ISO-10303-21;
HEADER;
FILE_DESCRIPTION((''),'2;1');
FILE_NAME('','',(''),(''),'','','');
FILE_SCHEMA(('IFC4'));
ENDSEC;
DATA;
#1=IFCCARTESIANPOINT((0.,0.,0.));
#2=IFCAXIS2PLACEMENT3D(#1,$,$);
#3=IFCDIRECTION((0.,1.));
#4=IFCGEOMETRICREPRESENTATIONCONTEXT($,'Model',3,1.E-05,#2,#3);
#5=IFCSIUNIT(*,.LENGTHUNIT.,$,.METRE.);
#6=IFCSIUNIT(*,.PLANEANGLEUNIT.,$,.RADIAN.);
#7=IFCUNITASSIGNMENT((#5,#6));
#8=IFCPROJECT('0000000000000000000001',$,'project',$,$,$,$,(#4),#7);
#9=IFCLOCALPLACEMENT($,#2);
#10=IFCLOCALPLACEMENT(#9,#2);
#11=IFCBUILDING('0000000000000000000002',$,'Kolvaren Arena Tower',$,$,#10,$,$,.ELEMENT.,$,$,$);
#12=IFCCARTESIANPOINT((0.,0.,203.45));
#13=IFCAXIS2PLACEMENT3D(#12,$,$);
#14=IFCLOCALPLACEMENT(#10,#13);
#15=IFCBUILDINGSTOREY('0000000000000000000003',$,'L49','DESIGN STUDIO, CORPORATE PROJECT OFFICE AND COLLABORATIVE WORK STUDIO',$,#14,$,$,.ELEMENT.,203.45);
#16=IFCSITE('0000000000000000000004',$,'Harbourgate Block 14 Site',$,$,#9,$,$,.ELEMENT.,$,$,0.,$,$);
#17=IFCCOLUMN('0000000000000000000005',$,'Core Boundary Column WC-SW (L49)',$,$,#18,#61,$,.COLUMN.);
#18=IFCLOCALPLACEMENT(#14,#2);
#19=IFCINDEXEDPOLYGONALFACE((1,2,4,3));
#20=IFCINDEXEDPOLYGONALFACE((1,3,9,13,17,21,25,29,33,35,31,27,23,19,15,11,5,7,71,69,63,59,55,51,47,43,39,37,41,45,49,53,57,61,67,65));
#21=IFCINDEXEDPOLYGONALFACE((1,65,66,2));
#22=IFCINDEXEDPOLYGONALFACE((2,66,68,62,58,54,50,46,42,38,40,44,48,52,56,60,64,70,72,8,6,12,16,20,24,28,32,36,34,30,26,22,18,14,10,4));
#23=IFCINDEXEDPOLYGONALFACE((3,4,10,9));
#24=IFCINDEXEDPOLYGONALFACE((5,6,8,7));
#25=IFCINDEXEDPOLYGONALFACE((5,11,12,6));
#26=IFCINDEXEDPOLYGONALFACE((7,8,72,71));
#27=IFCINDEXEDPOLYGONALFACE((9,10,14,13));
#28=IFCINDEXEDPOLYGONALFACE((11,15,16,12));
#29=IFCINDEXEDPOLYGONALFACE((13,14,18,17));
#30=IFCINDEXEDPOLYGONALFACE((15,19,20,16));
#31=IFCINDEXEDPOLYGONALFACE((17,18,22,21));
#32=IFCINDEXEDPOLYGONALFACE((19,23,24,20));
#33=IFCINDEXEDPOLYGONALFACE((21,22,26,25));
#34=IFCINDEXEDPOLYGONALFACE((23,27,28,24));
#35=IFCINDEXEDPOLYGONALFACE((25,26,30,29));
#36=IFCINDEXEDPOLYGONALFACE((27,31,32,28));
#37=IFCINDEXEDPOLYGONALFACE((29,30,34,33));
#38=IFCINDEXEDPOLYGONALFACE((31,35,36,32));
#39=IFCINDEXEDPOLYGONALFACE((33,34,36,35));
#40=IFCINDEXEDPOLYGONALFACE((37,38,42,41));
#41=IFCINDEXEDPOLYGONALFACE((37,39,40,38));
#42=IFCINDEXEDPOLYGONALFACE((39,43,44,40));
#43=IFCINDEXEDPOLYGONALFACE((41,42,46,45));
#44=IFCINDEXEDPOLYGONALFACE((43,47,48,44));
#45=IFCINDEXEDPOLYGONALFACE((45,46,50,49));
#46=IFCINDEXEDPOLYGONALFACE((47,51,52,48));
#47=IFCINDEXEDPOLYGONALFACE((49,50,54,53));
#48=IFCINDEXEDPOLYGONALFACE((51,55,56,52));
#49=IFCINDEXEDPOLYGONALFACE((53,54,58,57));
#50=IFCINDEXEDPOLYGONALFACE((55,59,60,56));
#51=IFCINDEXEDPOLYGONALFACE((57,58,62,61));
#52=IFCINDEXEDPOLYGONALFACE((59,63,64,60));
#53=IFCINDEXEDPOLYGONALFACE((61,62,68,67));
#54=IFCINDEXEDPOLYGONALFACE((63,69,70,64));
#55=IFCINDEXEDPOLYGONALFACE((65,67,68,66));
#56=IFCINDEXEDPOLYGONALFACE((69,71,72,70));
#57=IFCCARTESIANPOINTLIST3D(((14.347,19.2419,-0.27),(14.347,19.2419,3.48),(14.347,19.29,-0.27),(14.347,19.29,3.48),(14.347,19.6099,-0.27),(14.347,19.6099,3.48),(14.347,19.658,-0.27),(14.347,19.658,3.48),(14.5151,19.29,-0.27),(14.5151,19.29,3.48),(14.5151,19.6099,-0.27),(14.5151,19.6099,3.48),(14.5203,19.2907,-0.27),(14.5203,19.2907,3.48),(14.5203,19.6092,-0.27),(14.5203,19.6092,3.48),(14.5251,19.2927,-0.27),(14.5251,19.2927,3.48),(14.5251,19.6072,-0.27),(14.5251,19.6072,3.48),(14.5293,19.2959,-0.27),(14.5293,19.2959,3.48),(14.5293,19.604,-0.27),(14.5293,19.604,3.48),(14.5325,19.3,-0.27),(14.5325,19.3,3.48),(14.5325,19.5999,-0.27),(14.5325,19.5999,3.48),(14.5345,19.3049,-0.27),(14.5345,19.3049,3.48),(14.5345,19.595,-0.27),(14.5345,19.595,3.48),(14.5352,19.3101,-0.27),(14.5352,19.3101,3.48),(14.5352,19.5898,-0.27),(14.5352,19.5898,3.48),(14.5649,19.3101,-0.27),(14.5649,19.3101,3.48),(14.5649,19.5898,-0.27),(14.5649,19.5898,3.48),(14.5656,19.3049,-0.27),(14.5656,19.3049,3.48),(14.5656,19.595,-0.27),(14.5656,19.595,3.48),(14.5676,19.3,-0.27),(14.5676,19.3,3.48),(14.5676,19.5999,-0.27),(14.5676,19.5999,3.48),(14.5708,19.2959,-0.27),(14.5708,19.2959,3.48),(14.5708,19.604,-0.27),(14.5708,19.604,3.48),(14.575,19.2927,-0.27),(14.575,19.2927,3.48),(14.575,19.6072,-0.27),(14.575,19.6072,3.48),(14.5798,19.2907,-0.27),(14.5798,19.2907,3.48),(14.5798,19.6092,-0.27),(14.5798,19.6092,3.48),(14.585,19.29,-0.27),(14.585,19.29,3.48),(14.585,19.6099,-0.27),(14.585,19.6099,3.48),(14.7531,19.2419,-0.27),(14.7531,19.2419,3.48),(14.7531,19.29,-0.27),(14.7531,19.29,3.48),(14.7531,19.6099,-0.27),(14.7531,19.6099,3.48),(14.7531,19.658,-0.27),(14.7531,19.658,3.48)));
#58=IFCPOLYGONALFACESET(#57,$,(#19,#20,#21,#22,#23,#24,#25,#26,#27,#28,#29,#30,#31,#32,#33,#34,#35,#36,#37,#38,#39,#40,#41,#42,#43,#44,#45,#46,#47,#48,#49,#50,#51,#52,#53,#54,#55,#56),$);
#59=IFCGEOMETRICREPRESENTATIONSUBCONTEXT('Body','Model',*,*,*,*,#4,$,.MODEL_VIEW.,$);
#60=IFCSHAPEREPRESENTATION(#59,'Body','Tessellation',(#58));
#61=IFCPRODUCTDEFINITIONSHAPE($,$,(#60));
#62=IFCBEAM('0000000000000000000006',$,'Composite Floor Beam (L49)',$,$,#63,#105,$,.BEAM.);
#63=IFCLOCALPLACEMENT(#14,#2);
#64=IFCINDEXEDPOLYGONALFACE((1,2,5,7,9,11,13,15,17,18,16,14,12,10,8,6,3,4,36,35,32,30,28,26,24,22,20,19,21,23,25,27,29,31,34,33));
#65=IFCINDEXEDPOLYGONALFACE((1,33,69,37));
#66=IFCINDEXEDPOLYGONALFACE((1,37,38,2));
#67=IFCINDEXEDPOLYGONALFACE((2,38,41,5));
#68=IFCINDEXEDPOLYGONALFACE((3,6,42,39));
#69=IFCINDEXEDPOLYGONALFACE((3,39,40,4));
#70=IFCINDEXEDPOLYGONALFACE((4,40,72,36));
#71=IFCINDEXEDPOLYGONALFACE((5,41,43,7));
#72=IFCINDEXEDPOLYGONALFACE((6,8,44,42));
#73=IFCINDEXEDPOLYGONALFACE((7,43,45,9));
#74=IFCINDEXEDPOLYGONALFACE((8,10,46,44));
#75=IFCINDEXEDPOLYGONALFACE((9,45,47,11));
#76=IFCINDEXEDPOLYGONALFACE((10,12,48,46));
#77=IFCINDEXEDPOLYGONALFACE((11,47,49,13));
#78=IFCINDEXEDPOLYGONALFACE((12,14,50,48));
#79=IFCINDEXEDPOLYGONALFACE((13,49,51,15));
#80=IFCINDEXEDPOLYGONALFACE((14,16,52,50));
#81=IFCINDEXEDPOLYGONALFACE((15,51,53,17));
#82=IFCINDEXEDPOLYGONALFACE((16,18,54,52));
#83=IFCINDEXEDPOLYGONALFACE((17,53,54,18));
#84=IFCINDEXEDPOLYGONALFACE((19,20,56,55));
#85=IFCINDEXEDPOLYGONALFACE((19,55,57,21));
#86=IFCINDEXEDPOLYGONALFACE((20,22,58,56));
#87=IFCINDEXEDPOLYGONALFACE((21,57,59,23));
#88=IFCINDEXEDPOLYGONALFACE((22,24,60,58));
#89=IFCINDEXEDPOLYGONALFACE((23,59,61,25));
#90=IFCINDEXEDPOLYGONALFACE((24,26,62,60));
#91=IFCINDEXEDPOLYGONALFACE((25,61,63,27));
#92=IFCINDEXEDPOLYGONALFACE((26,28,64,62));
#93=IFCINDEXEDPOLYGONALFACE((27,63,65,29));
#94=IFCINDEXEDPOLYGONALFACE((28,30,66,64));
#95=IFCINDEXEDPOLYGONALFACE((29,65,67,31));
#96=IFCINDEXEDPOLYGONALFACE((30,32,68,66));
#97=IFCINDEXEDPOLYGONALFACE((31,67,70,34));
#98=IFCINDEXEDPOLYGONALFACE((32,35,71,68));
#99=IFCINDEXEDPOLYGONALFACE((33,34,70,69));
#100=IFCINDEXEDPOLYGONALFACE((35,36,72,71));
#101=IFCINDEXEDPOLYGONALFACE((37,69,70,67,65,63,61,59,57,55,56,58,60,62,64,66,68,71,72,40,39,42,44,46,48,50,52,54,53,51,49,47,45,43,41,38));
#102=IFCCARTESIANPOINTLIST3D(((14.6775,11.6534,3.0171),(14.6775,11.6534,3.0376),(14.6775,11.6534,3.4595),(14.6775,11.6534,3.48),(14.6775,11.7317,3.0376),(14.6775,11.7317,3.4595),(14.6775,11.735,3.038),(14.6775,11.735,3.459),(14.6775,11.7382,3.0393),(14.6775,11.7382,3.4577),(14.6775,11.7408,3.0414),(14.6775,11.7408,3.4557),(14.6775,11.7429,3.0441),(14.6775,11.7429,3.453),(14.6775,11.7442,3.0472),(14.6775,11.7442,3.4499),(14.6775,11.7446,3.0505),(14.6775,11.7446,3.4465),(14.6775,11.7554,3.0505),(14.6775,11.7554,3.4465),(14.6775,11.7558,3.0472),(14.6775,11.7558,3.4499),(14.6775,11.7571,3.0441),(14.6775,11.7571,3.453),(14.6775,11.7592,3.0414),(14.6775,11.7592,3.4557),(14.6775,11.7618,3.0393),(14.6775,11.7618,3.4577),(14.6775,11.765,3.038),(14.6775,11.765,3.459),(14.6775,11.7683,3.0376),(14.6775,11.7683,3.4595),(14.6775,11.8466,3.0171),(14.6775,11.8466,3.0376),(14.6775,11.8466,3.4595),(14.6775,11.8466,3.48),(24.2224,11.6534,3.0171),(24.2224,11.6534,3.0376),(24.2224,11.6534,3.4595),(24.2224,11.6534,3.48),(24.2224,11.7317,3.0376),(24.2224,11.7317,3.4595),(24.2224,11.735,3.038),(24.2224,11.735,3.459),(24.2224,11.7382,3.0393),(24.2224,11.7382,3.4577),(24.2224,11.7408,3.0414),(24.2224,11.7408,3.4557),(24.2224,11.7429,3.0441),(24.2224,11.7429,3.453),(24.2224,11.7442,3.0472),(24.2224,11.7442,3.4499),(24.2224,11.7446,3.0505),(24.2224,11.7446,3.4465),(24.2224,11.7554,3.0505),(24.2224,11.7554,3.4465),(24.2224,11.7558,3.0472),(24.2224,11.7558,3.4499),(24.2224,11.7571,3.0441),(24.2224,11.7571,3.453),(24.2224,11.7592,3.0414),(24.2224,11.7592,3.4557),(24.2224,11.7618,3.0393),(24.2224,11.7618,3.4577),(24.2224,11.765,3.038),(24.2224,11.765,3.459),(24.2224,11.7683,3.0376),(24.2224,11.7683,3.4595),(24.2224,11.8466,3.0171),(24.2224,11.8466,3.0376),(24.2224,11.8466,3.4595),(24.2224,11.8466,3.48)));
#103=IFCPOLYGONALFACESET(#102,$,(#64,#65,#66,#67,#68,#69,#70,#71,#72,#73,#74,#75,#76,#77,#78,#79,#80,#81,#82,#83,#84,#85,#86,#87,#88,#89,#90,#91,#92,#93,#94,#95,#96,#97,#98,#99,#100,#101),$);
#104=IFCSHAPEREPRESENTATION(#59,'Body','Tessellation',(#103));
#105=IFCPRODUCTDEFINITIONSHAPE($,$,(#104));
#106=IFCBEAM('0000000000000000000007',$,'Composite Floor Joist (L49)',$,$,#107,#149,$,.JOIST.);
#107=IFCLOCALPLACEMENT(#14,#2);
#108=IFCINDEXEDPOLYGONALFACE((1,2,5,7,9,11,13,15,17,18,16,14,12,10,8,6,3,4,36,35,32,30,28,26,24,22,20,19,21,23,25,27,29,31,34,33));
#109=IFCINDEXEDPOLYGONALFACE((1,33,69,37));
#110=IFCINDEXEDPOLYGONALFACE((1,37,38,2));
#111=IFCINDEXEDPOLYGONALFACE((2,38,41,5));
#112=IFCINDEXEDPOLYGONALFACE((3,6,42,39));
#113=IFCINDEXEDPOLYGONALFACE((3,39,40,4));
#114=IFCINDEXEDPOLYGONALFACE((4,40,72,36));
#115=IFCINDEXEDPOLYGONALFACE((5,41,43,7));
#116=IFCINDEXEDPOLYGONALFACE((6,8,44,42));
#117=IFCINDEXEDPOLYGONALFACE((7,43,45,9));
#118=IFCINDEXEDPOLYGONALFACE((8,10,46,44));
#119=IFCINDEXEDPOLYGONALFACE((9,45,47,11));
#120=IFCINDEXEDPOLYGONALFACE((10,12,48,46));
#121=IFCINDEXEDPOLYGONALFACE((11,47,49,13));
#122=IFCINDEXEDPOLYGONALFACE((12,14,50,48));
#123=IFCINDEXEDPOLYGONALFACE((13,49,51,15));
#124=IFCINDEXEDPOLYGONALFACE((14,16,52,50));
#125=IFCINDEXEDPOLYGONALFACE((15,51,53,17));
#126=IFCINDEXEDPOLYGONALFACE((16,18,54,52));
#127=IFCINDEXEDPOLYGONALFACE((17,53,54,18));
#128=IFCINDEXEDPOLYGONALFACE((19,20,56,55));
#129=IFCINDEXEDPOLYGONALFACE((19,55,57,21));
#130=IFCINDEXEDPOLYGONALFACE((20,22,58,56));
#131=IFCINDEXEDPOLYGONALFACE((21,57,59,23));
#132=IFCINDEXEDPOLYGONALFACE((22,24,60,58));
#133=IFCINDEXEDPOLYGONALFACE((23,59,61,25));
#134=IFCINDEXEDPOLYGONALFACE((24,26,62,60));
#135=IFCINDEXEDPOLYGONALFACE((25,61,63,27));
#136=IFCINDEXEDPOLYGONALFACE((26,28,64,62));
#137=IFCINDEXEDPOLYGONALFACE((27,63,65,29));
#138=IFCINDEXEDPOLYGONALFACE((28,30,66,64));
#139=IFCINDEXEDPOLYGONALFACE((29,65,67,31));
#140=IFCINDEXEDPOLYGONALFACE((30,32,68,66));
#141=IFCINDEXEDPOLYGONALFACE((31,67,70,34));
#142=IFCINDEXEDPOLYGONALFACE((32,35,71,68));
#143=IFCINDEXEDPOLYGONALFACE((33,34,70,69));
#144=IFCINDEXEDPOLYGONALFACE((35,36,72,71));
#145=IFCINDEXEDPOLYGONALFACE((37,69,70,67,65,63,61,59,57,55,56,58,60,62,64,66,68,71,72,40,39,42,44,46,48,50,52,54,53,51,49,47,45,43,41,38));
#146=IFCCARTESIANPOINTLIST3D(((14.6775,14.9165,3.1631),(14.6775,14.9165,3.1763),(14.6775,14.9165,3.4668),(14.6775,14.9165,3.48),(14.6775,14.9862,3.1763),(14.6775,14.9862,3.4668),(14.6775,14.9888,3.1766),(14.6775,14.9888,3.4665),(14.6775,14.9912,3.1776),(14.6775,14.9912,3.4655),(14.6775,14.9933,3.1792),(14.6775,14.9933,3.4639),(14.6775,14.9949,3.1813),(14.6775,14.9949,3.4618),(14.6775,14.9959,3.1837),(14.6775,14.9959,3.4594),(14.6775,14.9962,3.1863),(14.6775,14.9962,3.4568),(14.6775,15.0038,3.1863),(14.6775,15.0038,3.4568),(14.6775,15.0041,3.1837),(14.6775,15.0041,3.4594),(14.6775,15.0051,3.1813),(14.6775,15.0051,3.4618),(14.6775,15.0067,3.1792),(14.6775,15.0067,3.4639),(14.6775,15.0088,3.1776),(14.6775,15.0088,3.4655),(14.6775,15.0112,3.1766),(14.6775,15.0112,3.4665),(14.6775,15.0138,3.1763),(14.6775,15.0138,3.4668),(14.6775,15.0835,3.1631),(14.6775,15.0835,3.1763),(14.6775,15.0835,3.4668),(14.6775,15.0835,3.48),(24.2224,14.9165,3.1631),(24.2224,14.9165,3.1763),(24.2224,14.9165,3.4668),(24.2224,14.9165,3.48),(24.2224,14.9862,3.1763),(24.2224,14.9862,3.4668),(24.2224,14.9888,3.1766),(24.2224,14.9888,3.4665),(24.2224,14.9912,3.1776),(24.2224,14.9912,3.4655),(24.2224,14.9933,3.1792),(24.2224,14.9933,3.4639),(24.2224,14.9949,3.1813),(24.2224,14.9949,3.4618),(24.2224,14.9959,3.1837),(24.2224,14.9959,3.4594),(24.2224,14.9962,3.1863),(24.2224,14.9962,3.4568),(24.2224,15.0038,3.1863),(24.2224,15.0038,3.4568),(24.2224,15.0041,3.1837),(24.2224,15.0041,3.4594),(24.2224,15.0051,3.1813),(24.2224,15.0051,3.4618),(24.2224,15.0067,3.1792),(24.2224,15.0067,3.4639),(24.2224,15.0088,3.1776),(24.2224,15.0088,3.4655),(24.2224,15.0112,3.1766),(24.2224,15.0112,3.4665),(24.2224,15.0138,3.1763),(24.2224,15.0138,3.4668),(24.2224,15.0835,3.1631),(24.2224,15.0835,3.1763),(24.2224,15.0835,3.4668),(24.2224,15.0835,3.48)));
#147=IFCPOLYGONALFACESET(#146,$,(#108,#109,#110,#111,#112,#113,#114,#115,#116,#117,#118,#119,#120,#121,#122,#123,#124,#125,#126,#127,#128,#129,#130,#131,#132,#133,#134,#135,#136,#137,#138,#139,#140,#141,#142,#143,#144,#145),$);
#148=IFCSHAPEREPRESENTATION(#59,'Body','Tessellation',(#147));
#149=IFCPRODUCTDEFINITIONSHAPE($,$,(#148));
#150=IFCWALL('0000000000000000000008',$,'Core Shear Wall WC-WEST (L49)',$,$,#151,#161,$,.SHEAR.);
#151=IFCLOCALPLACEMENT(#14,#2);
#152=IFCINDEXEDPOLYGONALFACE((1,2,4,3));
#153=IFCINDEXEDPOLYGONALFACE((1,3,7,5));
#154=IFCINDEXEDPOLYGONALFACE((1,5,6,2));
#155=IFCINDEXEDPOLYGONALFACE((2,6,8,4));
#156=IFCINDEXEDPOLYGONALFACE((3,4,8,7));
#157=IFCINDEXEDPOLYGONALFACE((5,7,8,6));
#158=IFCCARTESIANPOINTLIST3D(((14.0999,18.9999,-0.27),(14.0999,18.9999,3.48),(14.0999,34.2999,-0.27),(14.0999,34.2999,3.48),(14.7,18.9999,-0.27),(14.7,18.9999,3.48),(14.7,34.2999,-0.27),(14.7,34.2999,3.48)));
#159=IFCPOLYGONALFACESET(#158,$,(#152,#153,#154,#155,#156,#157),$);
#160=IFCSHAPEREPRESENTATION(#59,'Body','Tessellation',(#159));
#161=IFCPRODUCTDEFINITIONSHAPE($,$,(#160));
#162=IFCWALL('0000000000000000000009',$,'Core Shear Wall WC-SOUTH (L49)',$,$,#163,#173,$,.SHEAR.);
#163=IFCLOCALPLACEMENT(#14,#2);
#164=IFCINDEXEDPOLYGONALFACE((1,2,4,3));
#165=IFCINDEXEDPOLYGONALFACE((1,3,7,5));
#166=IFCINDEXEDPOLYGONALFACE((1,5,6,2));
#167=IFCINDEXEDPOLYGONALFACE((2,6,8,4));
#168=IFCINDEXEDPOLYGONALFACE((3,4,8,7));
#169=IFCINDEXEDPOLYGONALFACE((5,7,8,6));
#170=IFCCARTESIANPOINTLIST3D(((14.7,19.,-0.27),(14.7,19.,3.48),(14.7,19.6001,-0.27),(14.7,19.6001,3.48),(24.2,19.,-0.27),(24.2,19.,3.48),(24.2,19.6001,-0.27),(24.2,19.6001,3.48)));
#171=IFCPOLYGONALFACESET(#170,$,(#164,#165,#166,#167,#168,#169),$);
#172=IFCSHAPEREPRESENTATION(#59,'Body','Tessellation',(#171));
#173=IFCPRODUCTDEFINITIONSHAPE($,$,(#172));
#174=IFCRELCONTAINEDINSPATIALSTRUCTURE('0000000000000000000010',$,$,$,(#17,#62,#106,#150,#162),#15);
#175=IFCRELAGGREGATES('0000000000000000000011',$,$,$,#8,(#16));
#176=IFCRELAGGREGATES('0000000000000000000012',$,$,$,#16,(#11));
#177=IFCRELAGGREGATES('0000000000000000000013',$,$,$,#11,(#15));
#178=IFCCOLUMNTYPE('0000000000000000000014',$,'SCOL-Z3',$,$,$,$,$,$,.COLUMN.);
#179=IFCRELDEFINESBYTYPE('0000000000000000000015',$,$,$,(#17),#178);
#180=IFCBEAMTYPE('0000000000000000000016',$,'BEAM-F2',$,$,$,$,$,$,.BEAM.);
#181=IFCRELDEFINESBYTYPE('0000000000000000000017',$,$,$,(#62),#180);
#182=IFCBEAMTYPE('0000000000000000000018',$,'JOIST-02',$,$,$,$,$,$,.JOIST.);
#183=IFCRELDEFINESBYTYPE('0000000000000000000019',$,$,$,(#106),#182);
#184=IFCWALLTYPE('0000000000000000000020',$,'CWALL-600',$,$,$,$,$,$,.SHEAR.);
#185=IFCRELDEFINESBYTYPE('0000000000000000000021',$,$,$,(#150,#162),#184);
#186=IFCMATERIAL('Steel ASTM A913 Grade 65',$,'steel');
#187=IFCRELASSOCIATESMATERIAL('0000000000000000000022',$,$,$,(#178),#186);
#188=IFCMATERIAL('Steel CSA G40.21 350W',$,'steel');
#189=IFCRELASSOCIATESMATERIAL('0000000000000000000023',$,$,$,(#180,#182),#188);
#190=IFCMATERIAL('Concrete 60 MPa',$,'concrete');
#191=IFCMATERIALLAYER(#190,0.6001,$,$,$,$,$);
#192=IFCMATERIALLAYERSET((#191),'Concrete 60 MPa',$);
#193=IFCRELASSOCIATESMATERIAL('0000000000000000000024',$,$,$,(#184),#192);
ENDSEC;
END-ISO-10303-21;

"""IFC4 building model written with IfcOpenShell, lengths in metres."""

from ifc_helpers import new_model, si_unit, direction, frame, frame_2d, origin, origin_2d, place, context, subcontext, project, spatial, rectangle, i_section, extrude, material, layer, layer_set, material_profile, profile_set, type_object, element, save


model = new_model("IFC4")

# Units and contexts
model_context = context("Model", 3, precision=1e-05, world=origin(), true_north=direction((0.0, 1.0)))
body_context = subcontext(model_context, "Body", "Model", "MODEL_VIEW")
ifc_project = project(units=[si_unit("LENGTHUNIT", "METRE"), si_unit("PLANEANGLEUNIT", "RADIAN")], contexts=[model_context])

# Site, building, storey
site_placement = place(None, origin())
site = spatial("IfcSite", under=ifc_project, at=site_placement, Name="Harbourgate Block 14 Site", CompositionType="ELEMENT", RefElevation=0.0)
building_placement = place(site_placement, origin())
building = spatial("IfcBuilding", under=site, at=building_placement, Name="Kolvaren Arena Tower", CompositionType="ELEMENT")
storey_placement = place(building_placement, frame((0.0, 0.0, 203.45)))
storey = spatial("IfcBuildingStorey", under=building, at=storey_placement, Name="L49", Description="DESIGN STUDIO, CORPORATE PROJECT OFFICE AND COLLABORATIVE WORK STUDIO", CompositionType="ELEMENT", Elevation=203.45)

# Column
ifc_material_1 = material(Name="Steel ASTM A913 Grade 65", Category="steel")
ifc_material_profile_1 = material_profile(ifc_material_1, i_section(OverallWidth=0.406, OverallDepth=0.416, WebThickness=0.0298, FlangeThickness=0.0481, FilletRadius=0.02, at=origin_2d()), Name="W360x382")
ifc_profile_set_1 = profile_set([ifc_material_profile_1], Name="Steel ASTM A913 Grade 65")
column_type = type_object("IfcColumnType", Name="SCOL-Z3", PredefinedType="COLUMN", material=ifc_profile_set_1)
column_placement = place(storey_placement, frame((14.55, 19.45, -0.27), z_axis=(0.0, 0.0, 1.0), x_axis=(1.0, 0.0, 0.0)))
element("IfcColumn", 1, at=column_placement, inside=storey, type_object=column_type, Name="Core Boundary Column WC-SW (L49)", PredefinedType="COLUMN", context=body_context, shape_type="SweptSolid", body=[
    extrude(i_section(OverallWidth=0.406, OverallDepth=0.416, WebThickness=0.0298, FlangeThickness=0.0481, FilletRadius=0.02, at=origin_2d()), origin(), (0.0, 0.0, 1.0), 3.75),
])

# Beams
ifc_material_2 = material(Name="Steel CSA G40.21 350W", Category="steel")
ifc_material_profile_2 = material_profile(ifc_material_2, i_section(OverallWidth=0.1931, OverallDepth=0.4629, WebThickness=0.0107, FlangeThickness=0.0205, FilletRadius=0.0129, at=origin_2d()), Name="W460x113")
ifc_profile_set_2 = profile_set([ifc_material_profile_2], Name="Steel CSA G40.21 350W")
beam_type_1 = type_object("IfcBeamType", Name="BEAM-F2", PredefinedType="BEAM", material=ifc_profile_set_2)
beam_1_placement = place(storey_placement, frame((14.6775, 11.75, 3.2485), z_axis=(1.0, 0.0, 0.0), x_axis=(0.0, 1.0, 0.0)))
element("IfcBeam", 2, at=beam_1_placement, inside=storey, type_object=beam_type_1, Name="Composite Floor Beam (L49)", PredefinedType="BEAM", context=body_context, shape_type="SweptSolid", body=[
    extrude(i_section(OverallWidth=0.1931, OverallDepth=0.4629, WebThickness=0.0107, FlangeThickness=0.0205, FilletRadius=0.0129, at=origin_2d()), origin(), (0.0, 0.0, 1.0), 9.5449),
])
ifc_material_profile_3 = material_profile(ifc_material_2, i_section(OverallWidth=0.167, OverallDepth=0.3169, WebThickness=0.0076, FlangeThickness=0.0132, FilletRadius=0.01, at=origin_2d()), Name="W310x52")
ifc_profile_set_3 = profile_set([ifc_material_profile_3], Name="Steel CSA G40.21 350W")
beam_type_2 = type_object("IfcBeamType", Name="JOIST-02", PredefinedType="JOIST", material=ifc_profile_set_3)
beam_2_placement = place(storey_placement, frame((14.6775, 15.0, 3.3215), z_axis=(1.0, 0.0, 0.0), x_axis=(0.0, 1.0, 0.0)))
element("IfcBeam", 3, at=beam_2_placement, inside=storey, type_object=beam_type_2, Name="Composite Floor Joist (L49)", PredefinedType="JOIST", context=body_context, shape_type="SweptSolid", body=[
    extrude(i_section(OverallWidth=0.167, OverallDepth=0.3169, WebThickness=0.0076, FlangeThickness=0.0132, FilletRadius=0.01, at=origin_2d()), origin(), (0.0, 0.0, 1.0), 9.5449),
])

# Walls
ifc_material_3 = material(Name="Concrete 60 MPa", Category="concrete")
ifc_layer_1 = layer(ifc_material_3, 0.6001)
ifc_layer_set_1 = layer_set([ifc_layer_1], Name="Concrete 60 MPa")
wall_type_1 = type_object("IfcWallType", Name="CWALL-600", PredefinedType="SHEAR", material=ifc_layer_set_1)
wall_1_placement = place(storey_placement, frame((14.3999, 19.0, -0.27), z_axis=(0.0, 0.0, 1.0), x_axis=(0.0, 1.0, 0.0)))
element("IfcWall", 4, at=wall_1_placement, inside=storey, type_object=wall_type_1, Name="Core Shear Wall WC-WEST (L49)", PredefinedType="SHEAR", context=body_context, shape_type="SweptSolid", body=[
    extrude(rectangle(XDim=15.3, YDim=0.6001, at=frame_2d((7.6499, 0.0))), origin(), (0.0, 0.0, 1.0), 3.75),
])
wall_2_placement = place(storey_placement, frame((14.7, 19.3, -0.27), z_axis=(0.0, 0.0, 1.0), x_axis=(1.0, 0.0, 0.0)))
element("IfcWall", 5, at=wall_2_placement, inside=storey, type_object=wall_type_1, Name="Core Shear Wall WC-SOUTH (L49)", PredefinedType="SHEAR", context=body_context, shape_type="SweptSolid", body=[
    extrude(rectangle(XDim=9.5, YDim=0.6001, at=frame_2d((4.75, 0.0))), origin(), (0.0, 0.0, 1.0), 3.75),
])

save(model, "model.ifc")
